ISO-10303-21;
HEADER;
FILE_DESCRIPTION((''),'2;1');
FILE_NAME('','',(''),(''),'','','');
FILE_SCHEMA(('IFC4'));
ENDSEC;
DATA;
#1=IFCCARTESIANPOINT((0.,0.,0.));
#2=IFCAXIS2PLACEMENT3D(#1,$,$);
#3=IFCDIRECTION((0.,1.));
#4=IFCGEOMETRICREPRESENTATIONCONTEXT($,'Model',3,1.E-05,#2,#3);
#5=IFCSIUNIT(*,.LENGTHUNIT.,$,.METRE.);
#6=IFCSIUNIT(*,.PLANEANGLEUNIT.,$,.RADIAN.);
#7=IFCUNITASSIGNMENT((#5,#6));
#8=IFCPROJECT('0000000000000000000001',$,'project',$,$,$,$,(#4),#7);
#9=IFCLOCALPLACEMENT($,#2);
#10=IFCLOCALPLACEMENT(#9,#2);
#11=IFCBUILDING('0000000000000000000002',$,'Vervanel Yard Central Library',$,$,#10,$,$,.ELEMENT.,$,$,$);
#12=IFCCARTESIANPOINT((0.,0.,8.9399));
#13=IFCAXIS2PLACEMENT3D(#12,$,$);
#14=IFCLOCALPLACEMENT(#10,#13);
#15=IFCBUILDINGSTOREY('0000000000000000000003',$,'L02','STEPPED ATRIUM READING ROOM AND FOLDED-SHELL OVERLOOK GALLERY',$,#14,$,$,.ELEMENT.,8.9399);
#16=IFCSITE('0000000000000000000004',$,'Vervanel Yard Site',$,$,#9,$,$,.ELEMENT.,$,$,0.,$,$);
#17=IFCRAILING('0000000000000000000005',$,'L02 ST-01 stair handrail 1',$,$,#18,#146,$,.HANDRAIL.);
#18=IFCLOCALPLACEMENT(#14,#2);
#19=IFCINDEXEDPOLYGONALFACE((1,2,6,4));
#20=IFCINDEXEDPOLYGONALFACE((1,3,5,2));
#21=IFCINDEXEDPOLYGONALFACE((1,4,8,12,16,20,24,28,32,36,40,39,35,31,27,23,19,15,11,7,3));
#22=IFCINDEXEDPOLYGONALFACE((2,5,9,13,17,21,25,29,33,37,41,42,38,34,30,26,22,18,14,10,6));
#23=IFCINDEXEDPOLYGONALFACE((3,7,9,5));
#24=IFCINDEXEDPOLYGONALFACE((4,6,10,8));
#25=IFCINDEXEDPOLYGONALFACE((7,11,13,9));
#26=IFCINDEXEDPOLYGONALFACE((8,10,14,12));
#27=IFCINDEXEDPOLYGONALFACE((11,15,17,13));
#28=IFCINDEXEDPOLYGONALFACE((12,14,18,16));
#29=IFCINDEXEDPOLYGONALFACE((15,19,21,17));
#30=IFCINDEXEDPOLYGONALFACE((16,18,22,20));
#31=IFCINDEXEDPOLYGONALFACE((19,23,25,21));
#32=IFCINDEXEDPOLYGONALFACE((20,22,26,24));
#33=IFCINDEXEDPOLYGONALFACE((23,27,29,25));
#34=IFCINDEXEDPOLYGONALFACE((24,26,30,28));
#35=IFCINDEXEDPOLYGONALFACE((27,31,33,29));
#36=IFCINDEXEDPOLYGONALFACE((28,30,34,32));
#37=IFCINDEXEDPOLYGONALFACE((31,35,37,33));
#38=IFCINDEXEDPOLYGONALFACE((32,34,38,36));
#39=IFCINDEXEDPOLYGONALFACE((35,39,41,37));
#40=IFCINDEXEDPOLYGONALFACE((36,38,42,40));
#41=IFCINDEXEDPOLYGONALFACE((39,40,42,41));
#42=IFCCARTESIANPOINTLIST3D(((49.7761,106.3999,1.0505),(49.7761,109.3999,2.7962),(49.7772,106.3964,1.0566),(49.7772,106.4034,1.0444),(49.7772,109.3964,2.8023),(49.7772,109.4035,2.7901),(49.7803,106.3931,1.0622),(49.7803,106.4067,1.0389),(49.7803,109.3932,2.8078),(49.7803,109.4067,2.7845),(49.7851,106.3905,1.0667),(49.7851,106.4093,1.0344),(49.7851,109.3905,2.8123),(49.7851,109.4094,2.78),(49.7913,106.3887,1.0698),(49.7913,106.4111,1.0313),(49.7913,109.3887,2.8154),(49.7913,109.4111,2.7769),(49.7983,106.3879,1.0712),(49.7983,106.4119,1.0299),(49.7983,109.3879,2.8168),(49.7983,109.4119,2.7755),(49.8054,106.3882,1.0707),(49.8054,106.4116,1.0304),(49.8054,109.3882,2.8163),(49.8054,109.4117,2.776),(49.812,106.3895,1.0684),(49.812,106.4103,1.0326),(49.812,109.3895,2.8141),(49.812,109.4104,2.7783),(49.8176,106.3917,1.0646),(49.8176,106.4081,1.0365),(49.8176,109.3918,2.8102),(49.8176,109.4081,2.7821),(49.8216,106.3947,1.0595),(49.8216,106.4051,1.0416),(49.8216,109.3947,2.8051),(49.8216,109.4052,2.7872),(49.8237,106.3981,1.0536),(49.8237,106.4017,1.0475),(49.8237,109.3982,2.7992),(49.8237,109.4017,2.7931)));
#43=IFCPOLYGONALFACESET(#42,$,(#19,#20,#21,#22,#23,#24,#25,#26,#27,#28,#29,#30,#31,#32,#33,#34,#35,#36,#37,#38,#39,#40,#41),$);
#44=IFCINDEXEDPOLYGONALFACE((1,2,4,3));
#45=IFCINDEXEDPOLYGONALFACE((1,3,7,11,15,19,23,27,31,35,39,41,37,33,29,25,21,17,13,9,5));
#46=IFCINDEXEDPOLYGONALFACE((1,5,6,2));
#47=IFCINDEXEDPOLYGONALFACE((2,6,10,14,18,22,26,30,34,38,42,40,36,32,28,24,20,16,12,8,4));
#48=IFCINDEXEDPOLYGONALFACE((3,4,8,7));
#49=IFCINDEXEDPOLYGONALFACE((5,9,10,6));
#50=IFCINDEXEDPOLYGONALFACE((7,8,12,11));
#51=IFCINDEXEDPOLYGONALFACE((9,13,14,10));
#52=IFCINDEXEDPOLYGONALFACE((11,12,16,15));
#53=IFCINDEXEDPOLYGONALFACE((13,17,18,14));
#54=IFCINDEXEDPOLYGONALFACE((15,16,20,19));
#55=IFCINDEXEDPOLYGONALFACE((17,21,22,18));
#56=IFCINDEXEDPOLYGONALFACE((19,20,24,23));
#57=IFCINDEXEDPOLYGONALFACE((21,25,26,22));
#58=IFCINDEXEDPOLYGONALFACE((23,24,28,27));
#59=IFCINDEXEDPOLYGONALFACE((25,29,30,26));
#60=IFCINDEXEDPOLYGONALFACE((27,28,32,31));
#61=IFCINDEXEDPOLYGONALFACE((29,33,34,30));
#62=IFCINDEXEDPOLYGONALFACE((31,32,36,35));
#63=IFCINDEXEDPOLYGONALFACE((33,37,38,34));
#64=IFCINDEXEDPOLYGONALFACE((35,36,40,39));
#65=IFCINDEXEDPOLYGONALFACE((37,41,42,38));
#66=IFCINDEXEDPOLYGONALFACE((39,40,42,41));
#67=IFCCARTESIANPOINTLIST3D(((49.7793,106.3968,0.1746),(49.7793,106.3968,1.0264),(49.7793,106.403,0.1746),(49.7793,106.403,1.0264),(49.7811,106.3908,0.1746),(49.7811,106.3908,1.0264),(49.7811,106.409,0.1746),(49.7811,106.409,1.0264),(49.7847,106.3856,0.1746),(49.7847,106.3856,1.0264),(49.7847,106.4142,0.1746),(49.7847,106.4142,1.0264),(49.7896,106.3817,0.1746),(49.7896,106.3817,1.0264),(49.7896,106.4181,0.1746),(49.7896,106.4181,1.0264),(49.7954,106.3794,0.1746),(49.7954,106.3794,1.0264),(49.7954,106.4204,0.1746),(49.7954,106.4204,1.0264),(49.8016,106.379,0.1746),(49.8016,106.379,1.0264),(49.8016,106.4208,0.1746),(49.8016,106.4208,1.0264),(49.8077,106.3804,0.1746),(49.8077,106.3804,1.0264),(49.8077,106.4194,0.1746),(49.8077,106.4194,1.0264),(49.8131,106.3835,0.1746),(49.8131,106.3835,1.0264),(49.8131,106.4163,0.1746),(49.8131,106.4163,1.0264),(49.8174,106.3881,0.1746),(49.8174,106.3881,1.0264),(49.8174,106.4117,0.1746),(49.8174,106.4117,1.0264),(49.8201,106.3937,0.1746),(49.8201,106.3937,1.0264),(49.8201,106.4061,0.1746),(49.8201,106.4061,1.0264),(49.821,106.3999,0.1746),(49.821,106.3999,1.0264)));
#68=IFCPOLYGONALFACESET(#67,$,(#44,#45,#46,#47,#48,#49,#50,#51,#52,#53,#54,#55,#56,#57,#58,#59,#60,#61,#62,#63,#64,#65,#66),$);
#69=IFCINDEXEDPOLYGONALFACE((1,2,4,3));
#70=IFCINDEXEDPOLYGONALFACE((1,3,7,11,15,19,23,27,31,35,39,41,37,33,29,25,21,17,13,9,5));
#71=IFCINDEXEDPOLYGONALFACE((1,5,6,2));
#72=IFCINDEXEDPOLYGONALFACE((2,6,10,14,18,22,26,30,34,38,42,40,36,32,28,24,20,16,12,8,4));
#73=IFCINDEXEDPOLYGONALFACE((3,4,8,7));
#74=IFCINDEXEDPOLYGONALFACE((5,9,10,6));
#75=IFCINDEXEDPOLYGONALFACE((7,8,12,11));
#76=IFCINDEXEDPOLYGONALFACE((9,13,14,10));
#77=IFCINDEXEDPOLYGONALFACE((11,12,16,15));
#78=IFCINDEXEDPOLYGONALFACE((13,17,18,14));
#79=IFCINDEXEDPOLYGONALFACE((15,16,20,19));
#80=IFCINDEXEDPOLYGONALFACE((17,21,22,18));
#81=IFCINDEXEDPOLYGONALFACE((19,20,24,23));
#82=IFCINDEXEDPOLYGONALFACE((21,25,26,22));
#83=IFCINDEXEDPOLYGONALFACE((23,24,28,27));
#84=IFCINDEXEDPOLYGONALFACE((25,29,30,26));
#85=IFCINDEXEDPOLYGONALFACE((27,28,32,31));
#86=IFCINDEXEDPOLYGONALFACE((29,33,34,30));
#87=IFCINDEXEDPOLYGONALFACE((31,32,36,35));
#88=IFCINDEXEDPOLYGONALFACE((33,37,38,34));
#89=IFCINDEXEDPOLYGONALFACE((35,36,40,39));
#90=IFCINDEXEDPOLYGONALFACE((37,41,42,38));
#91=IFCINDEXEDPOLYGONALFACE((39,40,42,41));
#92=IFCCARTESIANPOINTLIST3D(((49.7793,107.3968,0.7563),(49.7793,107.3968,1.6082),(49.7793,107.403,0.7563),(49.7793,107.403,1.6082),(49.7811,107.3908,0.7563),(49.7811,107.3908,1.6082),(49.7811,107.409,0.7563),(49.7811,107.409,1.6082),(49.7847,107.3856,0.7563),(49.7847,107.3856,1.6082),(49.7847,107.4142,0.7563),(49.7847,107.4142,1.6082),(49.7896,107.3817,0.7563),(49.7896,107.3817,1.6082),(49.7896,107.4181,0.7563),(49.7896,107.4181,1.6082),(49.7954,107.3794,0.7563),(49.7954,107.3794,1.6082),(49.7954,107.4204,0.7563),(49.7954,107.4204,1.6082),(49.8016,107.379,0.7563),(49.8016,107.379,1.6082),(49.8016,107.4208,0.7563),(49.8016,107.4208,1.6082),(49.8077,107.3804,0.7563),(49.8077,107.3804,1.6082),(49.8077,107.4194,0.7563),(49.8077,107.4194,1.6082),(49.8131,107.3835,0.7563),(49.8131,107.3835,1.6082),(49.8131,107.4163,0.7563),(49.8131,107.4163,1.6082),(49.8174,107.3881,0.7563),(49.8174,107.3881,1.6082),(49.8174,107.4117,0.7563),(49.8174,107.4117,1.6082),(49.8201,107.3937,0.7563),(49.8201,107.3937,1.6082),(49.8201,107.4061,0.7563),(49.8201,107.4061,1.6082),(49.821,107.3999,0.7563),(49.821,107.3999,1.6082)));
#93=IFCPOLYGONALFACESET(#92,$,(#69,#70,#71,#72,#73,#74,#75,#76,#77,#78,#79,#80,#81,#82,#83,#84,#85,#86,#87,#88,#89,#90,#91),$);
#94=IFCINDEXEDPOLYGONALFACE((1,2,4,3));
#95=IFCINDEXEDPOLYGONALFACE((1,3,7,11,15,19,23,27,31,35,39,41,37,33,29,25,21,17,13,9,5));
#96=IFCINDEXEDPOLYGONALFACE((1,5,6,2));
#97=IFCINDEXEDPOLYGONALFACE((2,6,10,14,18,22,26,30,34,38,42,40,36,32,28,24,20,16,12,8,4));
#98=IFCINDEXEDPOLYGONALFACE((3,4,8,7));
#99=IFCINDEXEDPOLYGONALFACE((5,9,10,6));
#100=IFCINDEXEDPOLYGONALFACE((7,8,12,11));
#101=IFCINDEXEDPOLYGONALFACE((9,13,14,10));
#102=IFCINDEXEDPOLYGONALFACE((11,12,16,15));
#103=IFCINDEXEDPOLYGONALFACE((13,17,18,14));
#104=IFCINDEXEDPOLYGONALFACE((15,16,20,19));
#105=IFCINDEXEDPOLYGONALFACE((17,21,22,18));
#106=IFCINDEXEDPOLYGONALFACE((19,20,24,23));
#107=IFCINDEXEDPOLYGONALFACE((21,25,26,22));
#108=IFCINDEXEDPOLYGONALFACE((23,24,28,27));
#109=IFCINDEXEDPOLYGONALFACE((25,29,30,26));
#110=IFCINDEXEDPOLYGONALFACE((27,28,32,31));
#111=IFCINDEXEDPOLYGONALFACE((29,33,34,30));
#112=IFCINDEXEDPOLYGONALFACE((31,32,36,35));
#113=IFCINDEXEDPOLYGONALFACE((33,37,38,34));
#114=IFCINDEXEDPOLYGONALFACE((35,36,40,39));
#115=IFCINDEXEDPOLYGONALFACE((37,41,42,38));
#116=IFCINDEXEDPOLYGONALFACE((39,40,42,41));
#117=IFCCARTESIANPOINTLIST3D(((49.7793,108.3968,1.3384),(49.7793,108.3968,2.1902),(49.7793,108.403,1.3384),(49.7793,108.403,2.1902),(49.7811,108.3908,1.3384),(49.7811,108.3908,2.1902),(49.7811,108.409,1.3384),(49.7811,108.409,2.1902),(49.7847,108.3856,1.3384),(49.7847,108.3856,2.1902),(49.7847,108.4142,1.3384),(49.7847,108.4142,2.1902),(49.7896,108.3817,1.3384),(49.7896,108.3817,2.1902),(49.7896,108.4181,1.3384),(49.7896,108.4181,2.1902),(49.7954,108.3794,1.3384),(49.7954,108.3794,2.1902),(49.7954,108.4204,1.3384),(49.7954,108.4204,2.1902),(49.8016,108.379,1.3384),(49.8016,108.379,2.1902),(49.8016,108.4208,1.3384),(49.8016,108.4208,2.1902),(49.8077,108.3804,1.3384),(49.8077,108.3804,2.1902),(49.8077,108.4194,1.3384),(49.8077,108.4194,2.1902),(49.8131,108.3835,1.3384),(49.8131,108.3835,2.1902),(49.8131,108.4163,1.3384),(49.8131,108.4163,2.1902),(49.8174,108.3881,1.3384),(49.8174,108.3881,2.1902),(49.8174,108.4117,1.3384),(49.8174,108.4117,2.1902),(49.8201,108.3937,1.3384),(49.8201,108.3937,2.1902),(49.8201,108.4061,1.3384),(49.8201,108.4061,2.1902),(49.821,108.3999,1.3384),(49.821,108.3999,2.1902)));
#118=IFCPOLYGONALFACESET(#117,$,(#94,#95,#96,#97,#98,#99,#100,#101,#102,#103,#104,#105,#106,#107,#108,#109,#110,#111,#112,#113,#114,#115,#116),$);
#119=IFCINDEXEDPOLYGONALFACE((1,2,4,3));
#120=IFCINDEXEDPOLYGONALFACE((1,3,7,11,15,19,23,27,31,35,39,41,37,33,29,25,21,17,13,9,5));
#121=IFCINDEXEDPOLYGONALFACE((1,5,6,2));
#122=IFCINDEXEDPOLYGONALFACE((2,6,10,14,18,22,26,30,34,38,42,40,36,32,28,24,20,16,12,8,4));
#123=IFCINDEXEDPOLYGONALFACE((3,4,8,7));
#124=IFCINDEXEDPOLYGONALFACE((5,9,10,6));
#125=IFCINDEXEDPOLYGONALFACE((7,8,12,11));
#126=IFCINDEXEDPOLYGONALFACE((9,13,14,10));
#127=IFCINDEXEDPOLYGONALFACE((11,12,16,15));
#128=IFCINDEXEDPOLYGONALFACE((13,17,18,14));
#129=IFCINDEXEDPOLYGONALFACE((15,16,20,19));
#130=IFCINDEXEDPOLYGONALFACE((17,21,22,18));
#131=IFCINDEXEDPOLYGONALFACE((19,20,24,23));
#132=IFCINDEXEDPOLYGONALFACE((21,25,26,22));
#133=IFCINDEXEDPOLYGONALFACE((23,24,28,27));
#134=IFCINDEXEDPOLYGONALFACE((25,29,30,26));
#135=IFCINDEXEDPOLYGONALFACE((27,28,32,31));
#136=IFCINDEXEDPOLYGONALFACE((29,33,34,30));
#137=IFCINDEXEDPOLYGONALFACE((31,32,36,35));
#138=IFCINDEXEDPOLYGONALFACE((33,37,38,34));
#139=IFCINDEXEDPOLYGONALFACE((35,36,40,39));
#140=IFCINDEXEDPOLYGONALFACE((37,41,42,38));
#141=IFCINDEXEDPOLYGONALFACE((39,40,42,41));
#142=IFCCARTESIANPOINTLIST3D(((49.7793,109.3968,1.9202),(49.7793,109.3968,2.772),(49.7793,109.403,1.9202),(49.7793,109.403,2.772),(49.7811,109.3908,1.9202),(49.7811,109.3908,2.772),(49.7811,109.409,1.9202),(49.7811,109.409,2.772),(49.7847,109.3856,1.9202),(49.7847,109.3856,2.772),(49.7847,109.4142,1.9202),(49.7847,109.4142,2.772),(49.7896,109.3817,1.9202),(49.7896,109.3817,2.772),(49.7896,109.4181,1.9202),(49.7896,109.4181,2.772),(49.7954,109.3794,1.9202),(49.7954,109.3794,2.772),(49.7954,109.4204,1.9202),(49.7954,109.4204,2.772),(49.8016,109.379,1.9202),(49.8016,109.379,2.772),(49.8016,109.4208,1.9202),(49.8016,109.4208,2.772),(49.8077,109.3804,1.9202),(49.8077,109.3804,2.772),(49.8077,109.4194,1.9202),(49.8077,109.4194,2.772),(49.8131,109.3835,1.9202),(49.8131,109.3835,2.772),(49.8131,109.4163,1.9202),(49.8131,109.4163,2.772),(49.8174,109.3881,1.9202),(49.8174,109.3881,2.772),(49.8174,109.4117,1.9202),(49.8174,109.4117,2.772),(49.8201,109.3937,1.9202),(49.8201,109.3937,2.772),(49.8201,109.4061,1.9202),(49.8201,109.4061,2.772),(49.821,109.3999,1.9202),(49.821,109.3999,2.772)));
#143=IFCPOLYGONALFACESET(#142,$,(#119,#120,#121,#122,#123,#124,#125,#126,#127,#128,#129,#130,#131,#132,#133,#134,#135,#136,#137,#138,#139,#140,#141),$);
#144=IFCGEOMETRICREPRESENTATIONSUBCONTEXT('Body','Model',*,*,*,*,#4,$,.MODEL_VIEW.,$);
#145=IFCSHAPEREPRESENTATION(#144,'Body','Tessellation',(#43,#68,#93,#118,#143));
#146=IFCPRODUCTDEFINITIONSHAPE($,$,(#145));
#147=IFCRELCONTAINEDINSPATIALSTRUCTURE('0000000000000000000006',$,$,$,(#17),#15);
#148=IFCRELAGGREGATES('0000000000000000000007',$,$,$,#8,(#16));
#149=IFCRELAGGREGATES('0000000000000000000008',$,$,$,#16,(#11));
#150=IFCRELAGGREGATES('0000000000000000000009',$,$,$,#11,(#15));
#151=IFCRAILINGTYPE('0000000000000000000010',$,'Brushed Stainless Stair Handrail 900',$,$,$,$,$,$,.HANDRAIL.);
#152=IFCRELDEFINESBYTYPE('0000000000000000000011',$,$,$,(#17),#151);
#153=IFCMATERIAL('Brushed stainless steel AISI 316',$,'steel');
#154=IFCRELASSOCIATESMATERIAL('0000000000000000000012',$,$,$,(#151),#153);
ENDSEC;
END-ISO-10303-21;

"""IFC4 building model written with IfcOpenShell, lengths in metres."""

from ifc_helpers import new_model, si_unit, direction, frame, origin, origin_2d, place, context, subcontext, project, spatial, circle, extrude, material, type_object, element, save


model = new_model("IFC4")

# Units and contexts
model_context = context("Model", 3, precision=1e-05, world=origin(), true_north=direction((0.0, 1.0)))
body_context = subcontext(model_context, "Body", "Model", "MODEL_VIEW")
ifc_project = project(units=[si_unit("LENGTHUNIT", "METRE"), si_unit("PLANEANGLEUNIT", "RADIAN")], contexts=[model_context])

# Site, building, storey
site_placement = place(None, origin())
site = spatial("IfcSite", under=ifc_project, at=site_placement, Name="Vervanel Yard Site", CompositionType="ELEMENT", RefElevation=0.0)
building_placement = place(site_placement, origin())
building = spatial("IfcBuilding", under=site, at=building_placement, Name="Vervanel Yard Central Library", CompositionType="ELEMENT")
storey_placement = place(building_placement, frame((0.0, 0.0, 8.9399)))
storey = spatial("IfcBuildingStorey", under=building, at=storey_placement, Name="L02", Description="STEPPED ATRIUM READING ROOM AND FOLDED-SHELL OVERLOOK GALLERY", CompositionType="ELEMENT", Elevation=8.9399)

# Railing
ifc_material_1 = material(Name="Brushed stainless steel AISI 316", Category="steel")
railing_type_1 = type_object("IfcRailingType", Name="Brushed Stainless Stair Handrail 900", PredefinedType="HANDRAIL", material=ifc_material_1)
railing_1_placement = place(storey_placement, frame((49.8, 106.3999, 0.1746)))
element("IfcRailing", 1, at=railing_1_placement, inside=storey, type_object=railing_type_1, Name="L02 ST-01 stair handrail 1", PredefinedType="HANDRAIL", context=body_context, shape_type="SweptSolid", body=[
    extrude(circle(Radius=0.0239, at=origin_2d()), frame((0.0, 0.0, 0.876), z_axis=(0.0, 0.864329, 0.502926), x_axis=(-1.0, 0.0, 0.0)), (0.0, 0.0, 1.0), 3.4709),
    extrude(circle(Radius=0.021, at=origin_2d()), origin(), (0.0, 0.0, 1.0), 0.8518),
    extrude(circle(Radius=0.021, at=origin_2d()), frame((0.0, 1.0, 0.5818)), (0.0, 0.0, 1.0), 0.8518),
    extrude(circle(Radius=0.021, at=origin_2d()), frame((0.0, 2.0, 1.1638)), (0.0, 0.0, 1.0), 0.8518),
    extrude(circle(Radius=0.021, at=origin_2d()), frame((0.0, 3.0, 1.7456)), (0.0, 0.0, 1.0), 0.8518),
])

save(model, "model.ifc")
